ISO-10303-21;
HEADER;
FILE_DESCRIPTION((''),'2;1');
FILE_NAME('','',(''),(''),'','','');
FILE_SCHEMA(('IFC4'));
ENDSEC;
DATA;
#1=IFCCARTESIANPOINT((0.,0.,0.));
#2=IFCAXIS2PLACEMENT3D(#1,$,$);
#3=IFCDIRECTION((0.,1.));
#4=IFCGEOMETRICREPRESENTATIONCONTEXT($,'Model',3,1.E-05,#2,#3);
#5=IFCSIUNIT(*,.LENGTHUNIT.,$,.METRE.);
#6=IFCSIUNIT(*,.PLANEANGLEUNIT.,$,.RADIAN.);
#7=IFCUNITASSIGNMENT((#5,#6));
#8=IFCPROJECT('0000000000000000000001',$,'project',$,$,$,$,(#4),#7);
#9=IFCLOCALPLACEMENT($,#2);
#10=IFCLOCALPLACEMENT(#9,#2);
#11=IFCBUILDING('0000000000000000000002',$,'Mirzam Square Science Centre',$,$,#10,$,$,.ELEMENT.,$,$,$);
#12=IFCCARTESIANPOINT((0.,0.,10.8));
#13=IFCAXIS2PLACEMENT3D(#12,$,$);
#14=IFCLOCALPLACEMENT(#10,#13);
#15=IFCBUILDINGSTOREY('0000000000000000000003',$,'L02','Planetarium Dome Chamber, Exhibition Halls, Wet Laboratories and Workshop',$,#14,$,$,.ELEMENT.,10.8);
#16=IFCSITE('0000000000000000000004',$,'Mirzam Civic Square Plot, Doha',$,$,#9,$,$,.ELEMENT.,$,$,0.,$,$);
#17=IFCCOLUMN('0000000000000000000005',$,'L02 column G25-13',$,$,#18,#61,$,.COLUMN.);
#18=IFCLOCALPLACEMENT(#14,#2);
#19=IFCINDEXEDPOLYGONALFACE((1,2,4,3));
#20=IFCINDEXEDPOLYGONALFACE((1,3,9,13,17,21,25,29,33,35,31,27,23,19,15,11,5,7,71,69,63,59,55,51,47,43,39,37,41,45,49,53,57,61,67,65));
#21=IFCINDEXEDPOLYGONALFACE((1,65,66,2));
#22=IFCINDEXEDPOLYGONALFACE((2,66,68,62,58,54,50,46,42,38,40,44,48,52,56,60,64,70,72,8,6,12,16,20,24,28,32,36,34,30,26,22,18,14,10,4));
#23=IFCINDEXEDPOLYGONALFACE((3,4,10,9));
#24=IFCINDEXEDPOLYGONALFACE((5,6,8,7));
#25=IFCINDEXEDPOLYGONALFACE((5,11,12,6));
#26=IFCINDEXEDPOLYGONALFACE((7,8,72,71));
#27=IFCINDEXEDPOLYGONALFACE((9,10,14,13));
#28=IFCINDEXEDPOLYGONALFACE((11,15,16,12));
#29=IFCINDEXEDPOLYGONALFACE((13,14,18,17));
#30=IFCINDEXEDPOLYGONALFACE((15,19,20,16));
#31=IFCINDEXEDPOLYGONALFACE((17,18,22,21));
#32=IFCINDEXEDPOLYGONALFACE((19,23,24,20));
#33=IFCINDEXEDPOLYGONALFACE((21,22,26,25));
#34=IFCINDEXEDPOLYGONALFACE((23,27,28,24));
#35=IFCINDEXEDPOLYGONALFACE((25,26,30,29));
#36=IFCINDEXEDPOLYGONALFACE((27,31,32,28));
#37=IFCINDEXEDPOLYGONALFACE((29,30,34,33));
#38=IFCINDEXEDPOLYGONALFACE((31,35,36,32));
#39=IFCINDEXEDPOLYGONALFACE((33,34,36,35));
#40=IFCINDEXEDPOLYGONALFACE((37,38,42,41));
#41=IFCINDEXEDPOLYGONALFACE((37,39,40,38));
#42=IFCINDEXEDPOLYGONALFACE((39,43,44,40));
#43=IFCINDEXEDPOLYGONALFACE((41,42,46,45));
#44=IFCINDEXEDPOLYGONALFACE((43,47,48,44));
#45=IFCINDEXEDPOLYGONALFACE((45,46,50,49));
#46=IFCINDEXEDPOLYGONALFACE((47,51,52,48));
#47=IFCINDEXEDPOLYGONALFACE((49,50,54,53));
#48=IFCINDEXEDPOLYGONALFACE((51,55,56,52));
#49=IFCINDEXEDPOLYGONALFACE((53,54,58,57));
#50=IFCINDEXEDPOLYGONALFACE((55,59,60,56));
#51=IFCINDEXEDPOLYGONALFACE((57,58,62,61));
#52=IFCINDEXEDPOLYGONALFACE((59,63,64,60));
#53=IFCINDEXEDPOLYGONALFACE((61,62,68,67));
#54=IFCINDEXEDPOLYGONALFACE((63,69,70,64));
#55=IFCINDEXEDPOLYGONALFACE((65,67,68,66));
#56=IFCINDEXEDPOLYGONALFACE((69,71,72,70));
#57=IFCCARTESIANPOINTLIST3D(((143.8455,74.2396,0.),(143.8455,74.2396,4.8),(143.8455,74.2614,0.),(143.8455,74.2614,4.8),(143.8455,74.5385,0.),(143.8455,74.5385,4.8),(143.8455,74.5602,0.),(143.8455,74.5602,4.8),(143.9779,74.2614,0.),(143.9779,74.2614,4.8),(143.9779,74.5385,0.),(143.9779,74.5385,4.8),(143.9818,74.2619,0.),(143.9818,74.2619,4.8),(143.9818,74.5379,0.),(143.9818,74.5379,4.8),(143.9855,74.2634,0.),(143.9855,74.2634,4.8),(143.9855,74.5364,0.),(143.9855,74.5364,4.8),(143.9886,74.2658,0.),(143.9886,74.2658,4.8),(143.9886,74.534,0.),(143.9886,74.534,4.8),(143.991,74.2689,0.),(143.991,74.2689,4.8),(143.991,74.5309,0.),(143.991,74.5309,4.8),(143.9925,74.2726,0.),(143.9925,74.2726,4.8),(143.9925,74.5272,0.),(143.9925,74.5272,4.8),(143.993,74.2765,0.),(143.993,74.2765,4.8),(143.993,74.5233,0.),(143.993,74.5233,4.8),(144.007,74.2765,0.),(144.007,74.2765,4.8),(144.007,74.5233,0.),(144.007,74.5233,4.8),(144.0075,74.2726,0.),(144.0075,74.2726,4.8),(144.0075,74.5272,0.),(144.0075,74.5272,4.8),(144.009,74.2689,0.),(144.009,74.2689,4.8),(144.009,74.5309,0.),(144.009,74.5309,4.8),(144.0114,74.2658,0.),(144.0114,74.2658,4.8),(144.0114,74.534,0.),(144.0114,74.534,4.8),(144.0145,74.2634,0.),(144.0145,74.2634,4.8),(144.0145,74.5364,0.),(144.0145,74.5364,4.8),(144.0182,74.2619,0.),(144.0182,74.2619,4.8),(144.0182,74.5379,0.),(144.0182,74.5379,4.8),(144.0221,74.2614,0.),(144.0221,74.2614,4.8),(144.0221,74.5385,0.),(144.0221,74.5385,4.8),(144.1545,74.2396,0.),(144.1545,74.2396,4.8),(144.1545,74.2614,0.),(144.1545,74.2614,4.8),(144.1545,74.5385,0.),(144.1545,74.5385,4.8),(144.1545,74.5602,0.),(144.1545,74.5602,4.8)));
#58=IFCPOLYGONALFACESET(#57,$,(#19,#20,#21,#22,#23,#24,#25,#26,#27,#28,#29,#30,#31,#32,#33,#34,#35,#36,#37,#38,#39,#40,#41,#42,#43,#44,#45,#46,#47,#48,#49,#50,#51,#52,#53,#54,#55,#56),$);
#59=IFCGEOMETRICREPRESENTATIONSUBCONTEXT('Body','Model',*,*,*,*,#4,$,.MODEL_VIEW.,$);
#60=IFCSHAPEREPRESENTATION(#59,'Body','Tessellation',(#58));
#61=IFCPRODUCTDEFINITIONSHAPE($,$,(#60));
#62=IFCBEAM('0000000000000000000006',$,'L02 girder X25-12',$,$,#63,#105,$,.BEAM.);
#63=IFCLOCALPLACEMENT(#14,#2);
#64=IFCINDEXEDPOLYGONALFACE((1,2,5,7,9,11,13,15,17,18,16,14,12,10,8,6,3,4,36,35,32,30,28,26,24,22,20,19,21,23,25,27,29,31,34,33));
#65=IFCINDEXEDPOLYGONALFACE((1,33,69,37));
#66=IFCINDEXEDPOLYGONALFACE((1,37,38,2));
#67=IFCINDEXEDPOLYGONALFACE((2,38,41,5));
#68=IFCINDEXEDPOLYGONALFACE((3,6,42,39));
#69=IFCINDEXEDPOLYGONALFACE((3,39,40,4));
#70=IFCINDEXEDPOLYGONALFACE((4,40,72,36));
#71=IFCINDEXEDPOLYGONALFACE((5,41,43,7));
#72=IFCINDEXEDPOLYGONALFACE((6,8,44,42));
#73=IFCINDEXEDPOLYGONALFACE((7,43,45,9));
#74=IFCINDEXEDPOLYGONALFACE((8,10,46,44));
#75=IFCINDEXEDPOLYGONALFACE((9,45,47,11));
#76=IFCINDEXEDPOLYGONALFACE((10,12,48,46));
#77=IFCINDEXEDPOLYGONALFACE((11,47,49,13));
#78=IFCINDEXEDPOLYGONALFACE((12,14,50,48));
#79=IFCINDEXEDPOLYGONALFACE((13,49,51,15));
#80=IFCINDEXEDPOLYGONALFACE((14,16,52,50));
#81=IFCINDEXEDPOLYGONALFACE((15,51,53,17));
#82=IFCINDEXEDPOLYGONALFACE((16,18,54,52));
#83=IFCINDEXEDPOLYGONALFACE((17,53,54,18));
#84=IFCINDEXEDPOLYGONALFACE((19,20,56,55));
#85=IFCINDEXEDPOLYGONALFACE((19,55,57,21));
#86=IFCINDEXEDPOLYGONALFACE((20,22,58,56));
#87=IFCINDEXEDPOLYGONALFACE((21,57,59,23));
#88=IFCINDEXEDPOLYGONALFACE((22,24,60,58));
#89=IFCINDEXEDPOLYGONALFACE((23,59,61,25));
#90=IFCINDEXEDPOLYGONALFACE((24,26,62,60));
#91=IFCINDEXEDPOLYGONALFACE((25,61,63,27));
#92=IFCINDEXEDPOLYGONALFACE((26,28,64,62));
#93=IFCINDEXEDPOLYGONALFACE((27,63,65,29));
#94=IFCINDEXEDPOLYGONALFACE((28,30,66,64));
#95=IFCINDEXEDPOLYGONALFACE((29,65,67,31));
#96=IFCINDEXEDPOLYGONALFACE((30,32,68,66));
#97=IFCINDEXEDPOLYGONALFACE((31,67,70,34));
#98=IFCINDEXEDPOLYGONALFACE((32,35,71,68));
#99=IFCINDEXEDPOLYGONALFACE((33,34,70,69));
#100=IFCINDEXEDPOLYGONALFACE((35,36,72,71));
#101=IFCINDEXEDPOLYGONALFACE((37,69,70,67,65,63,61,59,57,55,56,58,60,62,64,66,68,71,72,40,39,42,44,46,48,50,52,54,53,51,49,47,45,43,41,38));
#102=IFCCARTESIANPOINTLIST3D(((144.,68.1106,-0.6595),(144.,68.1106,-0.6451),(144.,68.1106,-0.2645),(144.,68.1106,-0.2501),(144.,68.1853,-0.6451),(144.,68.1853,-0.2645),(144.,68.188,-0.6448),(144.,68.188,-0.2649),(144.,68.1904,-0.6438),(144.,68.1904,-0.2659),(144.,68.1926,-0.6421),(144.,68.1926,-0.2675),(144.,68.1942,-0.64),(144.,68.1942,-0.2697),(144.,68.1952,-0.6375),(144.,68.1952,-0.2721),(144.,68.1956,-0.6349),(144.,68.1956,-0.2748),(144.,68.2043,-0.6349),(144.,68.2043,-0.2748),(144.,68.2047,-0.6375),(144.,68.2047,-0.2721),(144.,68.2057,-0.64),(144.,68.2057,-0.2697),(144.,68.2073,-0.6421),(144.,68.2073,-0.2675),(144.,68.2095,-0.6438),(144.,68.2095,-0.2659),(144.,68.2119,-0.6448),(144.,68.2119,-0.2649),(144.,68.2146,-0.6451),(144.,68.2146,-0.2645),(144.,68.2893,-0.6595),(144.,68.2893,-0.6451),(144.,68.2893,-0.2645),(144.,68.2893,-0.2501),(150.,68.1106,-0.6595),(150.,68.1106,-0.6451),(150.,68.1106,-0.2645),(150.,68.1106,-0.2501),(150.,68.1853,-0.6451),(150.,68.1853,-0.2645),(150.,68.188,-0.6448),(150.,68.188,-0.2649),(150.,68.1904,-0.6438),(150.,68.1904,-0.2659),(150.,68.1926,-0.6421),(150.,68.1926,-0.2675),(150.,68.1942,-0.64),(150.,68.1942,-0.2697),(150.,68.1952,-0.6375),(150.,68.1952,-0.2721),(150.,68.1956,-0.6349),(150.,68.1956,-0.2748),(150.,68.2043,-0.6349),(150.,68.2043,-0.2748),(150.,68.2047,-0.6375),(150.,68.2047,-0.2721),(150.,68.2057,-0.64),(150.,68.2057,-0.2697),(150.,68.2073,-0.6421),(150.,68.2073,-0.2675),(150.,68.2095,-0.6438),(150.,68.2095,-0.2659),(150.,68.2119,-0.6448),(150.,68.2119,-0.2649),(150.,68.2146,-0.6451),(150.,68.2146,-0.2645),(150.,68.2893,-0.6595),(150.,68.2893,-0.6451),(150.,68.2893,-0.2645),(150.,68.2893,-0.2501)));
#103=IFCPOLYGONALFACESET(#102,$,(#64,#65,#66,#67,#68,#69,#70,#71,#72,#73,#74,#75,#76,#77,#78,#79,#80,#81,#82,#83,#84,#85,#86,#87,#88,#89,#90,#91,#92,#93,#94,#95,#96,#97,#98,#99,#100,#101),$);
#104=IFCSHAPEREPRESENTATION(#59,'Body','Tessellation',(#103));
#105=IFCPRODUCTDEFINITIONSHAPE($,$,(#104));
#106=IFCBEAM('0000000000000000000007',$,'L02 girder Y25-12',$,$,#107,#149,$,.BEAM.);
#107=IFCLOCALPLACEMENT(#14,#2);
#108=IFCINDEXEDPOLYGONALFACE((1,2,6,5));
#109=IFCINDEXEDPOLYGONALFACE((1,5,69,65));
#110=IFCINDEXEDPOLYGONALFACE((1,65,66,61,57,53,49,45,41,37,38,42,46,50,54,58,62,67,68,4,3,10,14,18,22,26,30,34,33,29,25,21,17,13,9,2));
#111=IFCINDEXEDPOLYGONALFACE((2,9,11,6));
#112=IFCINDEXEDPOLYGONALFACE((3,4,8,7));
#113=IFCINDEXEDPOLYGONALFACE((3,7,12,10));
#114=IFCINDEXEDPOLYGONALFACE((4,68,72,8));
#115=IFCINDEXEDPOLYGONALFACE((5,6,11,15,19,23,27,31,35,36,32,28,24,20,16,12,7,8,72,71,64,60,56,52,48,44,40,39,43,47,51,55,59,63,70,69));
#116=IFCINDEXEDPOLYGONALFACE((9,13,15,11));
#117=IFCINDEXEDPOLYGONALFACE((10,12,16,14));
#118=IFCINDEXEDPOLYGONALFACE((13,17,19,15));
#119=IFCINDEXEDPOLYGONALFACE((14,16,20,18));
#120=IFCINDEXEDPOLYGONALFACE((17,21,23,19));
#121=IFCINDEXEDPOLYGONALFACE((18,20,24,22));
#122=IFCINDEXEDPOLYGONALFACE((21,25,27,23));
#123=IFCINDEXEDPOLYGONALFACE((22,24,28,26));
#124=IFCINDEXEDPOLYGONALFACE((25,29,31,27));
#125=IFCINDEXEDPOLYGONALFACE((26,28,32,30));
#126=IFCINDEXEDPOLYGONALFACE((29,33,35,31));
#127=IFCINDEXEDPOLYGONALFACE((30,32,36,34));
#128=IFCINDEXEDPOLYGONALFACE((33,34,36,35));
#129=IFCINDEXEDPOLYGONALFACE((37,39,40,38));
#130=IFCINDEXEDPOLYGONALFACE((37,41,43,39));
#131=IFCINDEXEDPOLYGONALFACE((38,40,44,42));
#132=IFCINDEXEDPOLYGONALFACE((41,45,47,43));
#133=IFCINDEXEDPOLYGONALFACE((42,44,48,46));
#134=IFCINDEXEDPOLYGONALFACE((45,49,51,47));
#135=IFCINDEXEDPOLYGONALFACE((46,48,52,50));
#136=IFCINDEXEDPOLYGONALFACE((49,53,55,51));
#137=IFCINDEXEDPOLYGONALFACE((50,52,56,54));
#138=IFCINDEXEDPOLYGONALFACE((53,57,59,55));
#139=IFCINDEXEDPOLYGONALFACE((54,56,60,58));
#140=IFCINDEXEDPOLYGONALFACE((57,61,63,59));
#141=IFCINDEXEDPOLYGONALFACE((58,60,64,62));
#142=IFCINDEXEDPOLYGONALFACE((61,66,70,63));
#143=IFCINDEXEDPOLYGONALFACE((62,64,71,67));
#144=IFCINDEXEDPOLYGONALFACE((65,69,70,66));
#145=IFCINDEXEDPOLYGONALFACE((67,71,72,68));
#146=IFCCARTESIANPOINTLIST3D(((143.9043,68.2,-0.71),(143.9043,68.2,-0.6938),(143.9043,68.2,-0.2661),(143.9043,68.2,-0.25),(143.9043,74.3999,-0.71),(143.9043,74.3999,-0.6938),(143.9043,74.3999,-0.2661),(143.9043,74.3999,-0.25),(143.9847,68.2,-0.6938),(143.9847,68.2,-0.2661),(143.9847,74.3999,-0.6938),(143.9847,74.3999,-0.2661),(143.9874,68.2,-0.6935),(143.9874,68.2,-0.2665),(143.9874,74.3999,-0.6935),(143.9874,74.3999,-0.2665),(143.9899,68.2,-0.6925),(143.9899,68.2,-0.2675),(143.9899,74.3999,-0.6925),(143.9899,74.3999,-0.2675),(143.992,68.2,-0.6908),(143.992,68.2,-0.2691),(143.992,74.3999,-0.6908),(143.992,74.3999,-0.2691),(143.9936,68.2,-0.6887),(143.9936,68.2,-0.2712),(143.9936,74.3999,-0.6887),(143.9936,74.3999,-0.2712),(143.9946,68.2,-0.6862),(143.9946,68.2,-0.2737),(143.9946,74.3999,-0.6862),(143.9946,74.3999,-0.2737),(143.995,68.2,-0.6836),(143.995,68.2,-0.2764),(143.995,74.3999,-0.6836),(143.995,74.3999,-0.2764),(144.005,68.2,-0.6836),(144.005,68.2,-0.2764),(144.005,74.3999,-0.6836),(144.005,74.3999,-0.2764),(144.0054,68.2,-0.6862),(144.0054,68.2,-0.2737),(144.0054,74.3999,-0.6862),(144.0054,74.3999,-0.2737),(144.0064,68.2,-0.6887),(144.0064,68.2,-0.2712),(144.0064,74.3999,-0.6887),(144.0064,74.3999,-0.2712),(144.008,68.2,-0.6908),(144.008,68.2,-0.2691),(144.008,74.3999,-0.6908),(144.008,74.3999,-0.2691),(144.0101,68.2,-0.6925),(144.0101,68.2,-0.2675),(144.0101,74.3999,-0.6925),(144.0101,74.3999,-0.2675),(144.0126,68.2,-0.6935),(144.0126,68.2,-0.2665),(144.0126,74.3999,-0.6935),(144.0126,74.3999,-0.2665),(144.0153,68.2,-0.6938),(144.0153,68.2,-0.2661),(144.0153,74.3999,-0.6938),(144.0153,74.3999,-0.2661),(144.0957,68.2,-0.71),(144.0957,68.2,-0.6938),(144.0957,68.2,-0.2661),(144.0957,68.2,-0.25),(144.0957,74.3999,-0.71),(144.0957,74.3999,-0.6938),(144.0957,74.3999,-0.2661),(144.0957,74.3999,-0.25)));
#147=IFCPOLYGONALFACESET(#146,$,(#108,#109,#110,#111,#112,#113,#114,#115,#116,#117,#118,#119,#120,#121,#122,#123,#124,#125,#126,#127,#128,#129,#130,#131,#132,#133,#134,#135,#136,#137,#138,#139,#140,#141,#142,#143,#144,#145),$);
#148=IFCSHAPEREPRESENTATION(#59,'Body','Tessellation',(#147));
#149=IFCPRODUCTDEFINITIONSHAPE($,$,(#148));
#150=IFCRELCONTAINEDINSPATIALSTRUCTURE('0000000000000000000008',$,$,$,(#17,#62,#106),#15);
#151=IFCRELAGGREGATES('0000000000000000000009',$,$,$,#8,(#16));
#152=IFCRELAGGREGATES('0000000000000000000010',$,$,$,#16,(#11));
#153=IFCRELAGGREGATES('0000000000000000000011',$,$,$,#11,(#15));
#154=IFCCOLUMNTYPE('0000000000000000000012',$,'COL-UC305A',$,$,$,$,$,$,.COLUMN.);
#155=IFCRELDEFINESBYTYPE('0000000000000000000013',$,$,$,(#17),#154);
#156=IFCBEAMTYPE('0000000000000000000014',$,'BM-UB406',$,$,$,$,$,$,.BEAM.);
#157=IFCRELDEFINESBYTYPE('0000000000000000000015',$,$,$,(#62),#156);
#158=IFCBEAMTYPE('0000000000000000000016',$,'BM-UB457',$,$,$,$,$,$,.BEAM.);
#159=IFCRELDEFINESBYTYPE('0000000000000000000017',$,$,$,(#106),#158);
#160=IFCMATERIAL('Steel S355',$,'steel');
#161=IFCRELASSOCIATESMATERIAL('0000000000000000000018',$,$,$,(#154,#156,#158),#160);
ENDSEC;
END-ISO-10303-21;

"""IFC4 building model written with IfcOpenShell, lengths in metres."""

from ifc_helpers import new_model, si_unit, direction, frame, origin, origin_2d, place, context, subcontext, project, spatial, i_section, extrude, material, material_profile, profile_set, type_object, element, save


model = new_model("IFC4")

# Units and contexts
model_context = context("Model", 3, precision=1e-05, world=origin(), true_north=direction((0.0, 1.0)))
body_context = subcontext(model_context, "Body", "Model", "MODEL_VIEW")
ifc_project = project(units=[si_unit("LENGTHUNIT", "METRE"), si_unit("PLANEANGLEUNIT", "RADIAN")], contexts=[model_context])

# Site, building, storey
site_placement = place(None, origin())
site = spatial("IfcSite", under=ifc_project, at=site_placement, Name="Mirzam Civic Square Plot, Doha", CompositionType="ELEMENT", RefElevation=0.0)
building_placement = place(site_placement, origin())
building = spatial("IfcBuilding", under=site, at=building_placement, Name="Mirzam Square Science Centre", CompositionType="ELEMENT")
storey_placement = place(building_placement, frame((0.0, 0.0, 10.8)))
storey = spatial("IfcBuildingStorey", under=building, at=storey_placement, Name="L02", Description="Planetarium Dome Chamber, Exhibition Halls, Wet Laboratories and Workshop", CompositionType="ELEMENT", Elevation=10.8)

# Column
ifc_material_1 = material(Name="Steel S355", Category="steel")
ifc_material_profile_1 = material_profile(ifc_material_1, i_section(OverallWidth=0.3091, OverallDepth=0.3206, WebThickness=0.0139, FlangeThickness=0.0217, FilletRadius=0.0151, at=origin_2d()), Name="305x305x137UC")
ifc_profile_set_1 = profile_set([ifc_material_profile_1], Name="Steel S355")
column_type_1 = type_object("IfcColumnType", Name="COL-UC305A", PredefinedType="COLUMN", material=ifc_profile_set_1)
column_1_placement = place(storey_placement, frame((144.0, 74.3999, 0.0), z_axis=(0.0, 0.0, 1.0), x_axis=(1.0, 0.0, 0.0)))
element("IfcColumn", 1, at=column_1_placement, inside=storey, type_object=column_type_1, Name="L02 column G25-13", PredefinedType="COLUMN", context=body_context, shape_type="SweptSolid", body=[
    extrude(i_section(OverallWidth=0.3091, OverallDepth=0.3206, WebThickness=0.0139, FlangeThickness=0.0217, FilletRadius=0.0151, at=origin_2d()), origin(), (0.0, 0.0, 1.0), 4.8),
])

# Beams
ifc_material_profile_2 = material_profile(ifc_material_1, i_section(OverallWidth=0.1787, OverallDepth=0.4094, WebThickness=0.0088, FlangeThickness=0.0144, FilletRadius=0.0103, at=origin_2d()), Name="406x178x67UB")
ifc_profile_set_2 = profile_set([ifc_material_profile_2], Name="Steel S355")
beam_type_1 = type_object("IfcBeamType", Name="BM-UB406", PredefinedType="BEAM", material=ifc_profile_set_2)
beam_1_placement = place(storey_placement, frame((144.0, 68.2, -0.4548), z_axis=(1.0, 0.0, 0.0), x_axis=(0.0, 1.0, 0.0)))
element("IfcBeam", 2, at=beam_1_placement, inside=storey, type_object=beam_type_1, Name="L02 girder X25-12", PredefinedType="BEAM", context=body_context, shape_type="SweptSolid", body=[
    extrude(i_section(OverallWidth=0.1787, OverallDepth=0.4094, WebThickness=0.0088, FlangeThickness=0.0144, FilletRadius=0.0103, at=origin_2d()), origin(), (0.0, 0.0, 1.0), 6.0),
])
ifc_material_profile_3 = material_profile(ifc_material_1, i_section(OverallWidth=0.1914, OverallDepth=0.46, WebThickness=0.01, FlangeThickness=0.0161, FilletRadius=0.0103, at=origin_2d()), Name="457x191x82UB")
ifc_profile_set_3 = profile_set([ifc_material_profile_3], Name="Steel S355")
beam_type_2 = type_object("IfcBeamType", Name="BM-UB457", PredefinedType="BEAM", material=ifc_profile_set_3)
beam_2_placement = place(storey_placement, frame((144.0, 68.2, -0.48), z_axis=(0.0, 1.0, 0.0), x_axis=(-1.0, 0.0, 0.0)))
element("IfcBeam", 3, at=beam_2_placement, inside=storey, type_object=beam_type_2, Name="L02 girder Y25-12", PredefinedType="BEAM", context=body_context, shape_type="SweptSolid", body=[
    extrude(i_section(OverallWidth=0.1914, OverallDepth=0.46, WebThickness=0.01, FlangeThickness=0.0161, FilletRadius=0.0103, at=origin_2d()), origin(), (0.0, 0.0, 1.0), 6.2),
])

save(model, "model.ifc")
